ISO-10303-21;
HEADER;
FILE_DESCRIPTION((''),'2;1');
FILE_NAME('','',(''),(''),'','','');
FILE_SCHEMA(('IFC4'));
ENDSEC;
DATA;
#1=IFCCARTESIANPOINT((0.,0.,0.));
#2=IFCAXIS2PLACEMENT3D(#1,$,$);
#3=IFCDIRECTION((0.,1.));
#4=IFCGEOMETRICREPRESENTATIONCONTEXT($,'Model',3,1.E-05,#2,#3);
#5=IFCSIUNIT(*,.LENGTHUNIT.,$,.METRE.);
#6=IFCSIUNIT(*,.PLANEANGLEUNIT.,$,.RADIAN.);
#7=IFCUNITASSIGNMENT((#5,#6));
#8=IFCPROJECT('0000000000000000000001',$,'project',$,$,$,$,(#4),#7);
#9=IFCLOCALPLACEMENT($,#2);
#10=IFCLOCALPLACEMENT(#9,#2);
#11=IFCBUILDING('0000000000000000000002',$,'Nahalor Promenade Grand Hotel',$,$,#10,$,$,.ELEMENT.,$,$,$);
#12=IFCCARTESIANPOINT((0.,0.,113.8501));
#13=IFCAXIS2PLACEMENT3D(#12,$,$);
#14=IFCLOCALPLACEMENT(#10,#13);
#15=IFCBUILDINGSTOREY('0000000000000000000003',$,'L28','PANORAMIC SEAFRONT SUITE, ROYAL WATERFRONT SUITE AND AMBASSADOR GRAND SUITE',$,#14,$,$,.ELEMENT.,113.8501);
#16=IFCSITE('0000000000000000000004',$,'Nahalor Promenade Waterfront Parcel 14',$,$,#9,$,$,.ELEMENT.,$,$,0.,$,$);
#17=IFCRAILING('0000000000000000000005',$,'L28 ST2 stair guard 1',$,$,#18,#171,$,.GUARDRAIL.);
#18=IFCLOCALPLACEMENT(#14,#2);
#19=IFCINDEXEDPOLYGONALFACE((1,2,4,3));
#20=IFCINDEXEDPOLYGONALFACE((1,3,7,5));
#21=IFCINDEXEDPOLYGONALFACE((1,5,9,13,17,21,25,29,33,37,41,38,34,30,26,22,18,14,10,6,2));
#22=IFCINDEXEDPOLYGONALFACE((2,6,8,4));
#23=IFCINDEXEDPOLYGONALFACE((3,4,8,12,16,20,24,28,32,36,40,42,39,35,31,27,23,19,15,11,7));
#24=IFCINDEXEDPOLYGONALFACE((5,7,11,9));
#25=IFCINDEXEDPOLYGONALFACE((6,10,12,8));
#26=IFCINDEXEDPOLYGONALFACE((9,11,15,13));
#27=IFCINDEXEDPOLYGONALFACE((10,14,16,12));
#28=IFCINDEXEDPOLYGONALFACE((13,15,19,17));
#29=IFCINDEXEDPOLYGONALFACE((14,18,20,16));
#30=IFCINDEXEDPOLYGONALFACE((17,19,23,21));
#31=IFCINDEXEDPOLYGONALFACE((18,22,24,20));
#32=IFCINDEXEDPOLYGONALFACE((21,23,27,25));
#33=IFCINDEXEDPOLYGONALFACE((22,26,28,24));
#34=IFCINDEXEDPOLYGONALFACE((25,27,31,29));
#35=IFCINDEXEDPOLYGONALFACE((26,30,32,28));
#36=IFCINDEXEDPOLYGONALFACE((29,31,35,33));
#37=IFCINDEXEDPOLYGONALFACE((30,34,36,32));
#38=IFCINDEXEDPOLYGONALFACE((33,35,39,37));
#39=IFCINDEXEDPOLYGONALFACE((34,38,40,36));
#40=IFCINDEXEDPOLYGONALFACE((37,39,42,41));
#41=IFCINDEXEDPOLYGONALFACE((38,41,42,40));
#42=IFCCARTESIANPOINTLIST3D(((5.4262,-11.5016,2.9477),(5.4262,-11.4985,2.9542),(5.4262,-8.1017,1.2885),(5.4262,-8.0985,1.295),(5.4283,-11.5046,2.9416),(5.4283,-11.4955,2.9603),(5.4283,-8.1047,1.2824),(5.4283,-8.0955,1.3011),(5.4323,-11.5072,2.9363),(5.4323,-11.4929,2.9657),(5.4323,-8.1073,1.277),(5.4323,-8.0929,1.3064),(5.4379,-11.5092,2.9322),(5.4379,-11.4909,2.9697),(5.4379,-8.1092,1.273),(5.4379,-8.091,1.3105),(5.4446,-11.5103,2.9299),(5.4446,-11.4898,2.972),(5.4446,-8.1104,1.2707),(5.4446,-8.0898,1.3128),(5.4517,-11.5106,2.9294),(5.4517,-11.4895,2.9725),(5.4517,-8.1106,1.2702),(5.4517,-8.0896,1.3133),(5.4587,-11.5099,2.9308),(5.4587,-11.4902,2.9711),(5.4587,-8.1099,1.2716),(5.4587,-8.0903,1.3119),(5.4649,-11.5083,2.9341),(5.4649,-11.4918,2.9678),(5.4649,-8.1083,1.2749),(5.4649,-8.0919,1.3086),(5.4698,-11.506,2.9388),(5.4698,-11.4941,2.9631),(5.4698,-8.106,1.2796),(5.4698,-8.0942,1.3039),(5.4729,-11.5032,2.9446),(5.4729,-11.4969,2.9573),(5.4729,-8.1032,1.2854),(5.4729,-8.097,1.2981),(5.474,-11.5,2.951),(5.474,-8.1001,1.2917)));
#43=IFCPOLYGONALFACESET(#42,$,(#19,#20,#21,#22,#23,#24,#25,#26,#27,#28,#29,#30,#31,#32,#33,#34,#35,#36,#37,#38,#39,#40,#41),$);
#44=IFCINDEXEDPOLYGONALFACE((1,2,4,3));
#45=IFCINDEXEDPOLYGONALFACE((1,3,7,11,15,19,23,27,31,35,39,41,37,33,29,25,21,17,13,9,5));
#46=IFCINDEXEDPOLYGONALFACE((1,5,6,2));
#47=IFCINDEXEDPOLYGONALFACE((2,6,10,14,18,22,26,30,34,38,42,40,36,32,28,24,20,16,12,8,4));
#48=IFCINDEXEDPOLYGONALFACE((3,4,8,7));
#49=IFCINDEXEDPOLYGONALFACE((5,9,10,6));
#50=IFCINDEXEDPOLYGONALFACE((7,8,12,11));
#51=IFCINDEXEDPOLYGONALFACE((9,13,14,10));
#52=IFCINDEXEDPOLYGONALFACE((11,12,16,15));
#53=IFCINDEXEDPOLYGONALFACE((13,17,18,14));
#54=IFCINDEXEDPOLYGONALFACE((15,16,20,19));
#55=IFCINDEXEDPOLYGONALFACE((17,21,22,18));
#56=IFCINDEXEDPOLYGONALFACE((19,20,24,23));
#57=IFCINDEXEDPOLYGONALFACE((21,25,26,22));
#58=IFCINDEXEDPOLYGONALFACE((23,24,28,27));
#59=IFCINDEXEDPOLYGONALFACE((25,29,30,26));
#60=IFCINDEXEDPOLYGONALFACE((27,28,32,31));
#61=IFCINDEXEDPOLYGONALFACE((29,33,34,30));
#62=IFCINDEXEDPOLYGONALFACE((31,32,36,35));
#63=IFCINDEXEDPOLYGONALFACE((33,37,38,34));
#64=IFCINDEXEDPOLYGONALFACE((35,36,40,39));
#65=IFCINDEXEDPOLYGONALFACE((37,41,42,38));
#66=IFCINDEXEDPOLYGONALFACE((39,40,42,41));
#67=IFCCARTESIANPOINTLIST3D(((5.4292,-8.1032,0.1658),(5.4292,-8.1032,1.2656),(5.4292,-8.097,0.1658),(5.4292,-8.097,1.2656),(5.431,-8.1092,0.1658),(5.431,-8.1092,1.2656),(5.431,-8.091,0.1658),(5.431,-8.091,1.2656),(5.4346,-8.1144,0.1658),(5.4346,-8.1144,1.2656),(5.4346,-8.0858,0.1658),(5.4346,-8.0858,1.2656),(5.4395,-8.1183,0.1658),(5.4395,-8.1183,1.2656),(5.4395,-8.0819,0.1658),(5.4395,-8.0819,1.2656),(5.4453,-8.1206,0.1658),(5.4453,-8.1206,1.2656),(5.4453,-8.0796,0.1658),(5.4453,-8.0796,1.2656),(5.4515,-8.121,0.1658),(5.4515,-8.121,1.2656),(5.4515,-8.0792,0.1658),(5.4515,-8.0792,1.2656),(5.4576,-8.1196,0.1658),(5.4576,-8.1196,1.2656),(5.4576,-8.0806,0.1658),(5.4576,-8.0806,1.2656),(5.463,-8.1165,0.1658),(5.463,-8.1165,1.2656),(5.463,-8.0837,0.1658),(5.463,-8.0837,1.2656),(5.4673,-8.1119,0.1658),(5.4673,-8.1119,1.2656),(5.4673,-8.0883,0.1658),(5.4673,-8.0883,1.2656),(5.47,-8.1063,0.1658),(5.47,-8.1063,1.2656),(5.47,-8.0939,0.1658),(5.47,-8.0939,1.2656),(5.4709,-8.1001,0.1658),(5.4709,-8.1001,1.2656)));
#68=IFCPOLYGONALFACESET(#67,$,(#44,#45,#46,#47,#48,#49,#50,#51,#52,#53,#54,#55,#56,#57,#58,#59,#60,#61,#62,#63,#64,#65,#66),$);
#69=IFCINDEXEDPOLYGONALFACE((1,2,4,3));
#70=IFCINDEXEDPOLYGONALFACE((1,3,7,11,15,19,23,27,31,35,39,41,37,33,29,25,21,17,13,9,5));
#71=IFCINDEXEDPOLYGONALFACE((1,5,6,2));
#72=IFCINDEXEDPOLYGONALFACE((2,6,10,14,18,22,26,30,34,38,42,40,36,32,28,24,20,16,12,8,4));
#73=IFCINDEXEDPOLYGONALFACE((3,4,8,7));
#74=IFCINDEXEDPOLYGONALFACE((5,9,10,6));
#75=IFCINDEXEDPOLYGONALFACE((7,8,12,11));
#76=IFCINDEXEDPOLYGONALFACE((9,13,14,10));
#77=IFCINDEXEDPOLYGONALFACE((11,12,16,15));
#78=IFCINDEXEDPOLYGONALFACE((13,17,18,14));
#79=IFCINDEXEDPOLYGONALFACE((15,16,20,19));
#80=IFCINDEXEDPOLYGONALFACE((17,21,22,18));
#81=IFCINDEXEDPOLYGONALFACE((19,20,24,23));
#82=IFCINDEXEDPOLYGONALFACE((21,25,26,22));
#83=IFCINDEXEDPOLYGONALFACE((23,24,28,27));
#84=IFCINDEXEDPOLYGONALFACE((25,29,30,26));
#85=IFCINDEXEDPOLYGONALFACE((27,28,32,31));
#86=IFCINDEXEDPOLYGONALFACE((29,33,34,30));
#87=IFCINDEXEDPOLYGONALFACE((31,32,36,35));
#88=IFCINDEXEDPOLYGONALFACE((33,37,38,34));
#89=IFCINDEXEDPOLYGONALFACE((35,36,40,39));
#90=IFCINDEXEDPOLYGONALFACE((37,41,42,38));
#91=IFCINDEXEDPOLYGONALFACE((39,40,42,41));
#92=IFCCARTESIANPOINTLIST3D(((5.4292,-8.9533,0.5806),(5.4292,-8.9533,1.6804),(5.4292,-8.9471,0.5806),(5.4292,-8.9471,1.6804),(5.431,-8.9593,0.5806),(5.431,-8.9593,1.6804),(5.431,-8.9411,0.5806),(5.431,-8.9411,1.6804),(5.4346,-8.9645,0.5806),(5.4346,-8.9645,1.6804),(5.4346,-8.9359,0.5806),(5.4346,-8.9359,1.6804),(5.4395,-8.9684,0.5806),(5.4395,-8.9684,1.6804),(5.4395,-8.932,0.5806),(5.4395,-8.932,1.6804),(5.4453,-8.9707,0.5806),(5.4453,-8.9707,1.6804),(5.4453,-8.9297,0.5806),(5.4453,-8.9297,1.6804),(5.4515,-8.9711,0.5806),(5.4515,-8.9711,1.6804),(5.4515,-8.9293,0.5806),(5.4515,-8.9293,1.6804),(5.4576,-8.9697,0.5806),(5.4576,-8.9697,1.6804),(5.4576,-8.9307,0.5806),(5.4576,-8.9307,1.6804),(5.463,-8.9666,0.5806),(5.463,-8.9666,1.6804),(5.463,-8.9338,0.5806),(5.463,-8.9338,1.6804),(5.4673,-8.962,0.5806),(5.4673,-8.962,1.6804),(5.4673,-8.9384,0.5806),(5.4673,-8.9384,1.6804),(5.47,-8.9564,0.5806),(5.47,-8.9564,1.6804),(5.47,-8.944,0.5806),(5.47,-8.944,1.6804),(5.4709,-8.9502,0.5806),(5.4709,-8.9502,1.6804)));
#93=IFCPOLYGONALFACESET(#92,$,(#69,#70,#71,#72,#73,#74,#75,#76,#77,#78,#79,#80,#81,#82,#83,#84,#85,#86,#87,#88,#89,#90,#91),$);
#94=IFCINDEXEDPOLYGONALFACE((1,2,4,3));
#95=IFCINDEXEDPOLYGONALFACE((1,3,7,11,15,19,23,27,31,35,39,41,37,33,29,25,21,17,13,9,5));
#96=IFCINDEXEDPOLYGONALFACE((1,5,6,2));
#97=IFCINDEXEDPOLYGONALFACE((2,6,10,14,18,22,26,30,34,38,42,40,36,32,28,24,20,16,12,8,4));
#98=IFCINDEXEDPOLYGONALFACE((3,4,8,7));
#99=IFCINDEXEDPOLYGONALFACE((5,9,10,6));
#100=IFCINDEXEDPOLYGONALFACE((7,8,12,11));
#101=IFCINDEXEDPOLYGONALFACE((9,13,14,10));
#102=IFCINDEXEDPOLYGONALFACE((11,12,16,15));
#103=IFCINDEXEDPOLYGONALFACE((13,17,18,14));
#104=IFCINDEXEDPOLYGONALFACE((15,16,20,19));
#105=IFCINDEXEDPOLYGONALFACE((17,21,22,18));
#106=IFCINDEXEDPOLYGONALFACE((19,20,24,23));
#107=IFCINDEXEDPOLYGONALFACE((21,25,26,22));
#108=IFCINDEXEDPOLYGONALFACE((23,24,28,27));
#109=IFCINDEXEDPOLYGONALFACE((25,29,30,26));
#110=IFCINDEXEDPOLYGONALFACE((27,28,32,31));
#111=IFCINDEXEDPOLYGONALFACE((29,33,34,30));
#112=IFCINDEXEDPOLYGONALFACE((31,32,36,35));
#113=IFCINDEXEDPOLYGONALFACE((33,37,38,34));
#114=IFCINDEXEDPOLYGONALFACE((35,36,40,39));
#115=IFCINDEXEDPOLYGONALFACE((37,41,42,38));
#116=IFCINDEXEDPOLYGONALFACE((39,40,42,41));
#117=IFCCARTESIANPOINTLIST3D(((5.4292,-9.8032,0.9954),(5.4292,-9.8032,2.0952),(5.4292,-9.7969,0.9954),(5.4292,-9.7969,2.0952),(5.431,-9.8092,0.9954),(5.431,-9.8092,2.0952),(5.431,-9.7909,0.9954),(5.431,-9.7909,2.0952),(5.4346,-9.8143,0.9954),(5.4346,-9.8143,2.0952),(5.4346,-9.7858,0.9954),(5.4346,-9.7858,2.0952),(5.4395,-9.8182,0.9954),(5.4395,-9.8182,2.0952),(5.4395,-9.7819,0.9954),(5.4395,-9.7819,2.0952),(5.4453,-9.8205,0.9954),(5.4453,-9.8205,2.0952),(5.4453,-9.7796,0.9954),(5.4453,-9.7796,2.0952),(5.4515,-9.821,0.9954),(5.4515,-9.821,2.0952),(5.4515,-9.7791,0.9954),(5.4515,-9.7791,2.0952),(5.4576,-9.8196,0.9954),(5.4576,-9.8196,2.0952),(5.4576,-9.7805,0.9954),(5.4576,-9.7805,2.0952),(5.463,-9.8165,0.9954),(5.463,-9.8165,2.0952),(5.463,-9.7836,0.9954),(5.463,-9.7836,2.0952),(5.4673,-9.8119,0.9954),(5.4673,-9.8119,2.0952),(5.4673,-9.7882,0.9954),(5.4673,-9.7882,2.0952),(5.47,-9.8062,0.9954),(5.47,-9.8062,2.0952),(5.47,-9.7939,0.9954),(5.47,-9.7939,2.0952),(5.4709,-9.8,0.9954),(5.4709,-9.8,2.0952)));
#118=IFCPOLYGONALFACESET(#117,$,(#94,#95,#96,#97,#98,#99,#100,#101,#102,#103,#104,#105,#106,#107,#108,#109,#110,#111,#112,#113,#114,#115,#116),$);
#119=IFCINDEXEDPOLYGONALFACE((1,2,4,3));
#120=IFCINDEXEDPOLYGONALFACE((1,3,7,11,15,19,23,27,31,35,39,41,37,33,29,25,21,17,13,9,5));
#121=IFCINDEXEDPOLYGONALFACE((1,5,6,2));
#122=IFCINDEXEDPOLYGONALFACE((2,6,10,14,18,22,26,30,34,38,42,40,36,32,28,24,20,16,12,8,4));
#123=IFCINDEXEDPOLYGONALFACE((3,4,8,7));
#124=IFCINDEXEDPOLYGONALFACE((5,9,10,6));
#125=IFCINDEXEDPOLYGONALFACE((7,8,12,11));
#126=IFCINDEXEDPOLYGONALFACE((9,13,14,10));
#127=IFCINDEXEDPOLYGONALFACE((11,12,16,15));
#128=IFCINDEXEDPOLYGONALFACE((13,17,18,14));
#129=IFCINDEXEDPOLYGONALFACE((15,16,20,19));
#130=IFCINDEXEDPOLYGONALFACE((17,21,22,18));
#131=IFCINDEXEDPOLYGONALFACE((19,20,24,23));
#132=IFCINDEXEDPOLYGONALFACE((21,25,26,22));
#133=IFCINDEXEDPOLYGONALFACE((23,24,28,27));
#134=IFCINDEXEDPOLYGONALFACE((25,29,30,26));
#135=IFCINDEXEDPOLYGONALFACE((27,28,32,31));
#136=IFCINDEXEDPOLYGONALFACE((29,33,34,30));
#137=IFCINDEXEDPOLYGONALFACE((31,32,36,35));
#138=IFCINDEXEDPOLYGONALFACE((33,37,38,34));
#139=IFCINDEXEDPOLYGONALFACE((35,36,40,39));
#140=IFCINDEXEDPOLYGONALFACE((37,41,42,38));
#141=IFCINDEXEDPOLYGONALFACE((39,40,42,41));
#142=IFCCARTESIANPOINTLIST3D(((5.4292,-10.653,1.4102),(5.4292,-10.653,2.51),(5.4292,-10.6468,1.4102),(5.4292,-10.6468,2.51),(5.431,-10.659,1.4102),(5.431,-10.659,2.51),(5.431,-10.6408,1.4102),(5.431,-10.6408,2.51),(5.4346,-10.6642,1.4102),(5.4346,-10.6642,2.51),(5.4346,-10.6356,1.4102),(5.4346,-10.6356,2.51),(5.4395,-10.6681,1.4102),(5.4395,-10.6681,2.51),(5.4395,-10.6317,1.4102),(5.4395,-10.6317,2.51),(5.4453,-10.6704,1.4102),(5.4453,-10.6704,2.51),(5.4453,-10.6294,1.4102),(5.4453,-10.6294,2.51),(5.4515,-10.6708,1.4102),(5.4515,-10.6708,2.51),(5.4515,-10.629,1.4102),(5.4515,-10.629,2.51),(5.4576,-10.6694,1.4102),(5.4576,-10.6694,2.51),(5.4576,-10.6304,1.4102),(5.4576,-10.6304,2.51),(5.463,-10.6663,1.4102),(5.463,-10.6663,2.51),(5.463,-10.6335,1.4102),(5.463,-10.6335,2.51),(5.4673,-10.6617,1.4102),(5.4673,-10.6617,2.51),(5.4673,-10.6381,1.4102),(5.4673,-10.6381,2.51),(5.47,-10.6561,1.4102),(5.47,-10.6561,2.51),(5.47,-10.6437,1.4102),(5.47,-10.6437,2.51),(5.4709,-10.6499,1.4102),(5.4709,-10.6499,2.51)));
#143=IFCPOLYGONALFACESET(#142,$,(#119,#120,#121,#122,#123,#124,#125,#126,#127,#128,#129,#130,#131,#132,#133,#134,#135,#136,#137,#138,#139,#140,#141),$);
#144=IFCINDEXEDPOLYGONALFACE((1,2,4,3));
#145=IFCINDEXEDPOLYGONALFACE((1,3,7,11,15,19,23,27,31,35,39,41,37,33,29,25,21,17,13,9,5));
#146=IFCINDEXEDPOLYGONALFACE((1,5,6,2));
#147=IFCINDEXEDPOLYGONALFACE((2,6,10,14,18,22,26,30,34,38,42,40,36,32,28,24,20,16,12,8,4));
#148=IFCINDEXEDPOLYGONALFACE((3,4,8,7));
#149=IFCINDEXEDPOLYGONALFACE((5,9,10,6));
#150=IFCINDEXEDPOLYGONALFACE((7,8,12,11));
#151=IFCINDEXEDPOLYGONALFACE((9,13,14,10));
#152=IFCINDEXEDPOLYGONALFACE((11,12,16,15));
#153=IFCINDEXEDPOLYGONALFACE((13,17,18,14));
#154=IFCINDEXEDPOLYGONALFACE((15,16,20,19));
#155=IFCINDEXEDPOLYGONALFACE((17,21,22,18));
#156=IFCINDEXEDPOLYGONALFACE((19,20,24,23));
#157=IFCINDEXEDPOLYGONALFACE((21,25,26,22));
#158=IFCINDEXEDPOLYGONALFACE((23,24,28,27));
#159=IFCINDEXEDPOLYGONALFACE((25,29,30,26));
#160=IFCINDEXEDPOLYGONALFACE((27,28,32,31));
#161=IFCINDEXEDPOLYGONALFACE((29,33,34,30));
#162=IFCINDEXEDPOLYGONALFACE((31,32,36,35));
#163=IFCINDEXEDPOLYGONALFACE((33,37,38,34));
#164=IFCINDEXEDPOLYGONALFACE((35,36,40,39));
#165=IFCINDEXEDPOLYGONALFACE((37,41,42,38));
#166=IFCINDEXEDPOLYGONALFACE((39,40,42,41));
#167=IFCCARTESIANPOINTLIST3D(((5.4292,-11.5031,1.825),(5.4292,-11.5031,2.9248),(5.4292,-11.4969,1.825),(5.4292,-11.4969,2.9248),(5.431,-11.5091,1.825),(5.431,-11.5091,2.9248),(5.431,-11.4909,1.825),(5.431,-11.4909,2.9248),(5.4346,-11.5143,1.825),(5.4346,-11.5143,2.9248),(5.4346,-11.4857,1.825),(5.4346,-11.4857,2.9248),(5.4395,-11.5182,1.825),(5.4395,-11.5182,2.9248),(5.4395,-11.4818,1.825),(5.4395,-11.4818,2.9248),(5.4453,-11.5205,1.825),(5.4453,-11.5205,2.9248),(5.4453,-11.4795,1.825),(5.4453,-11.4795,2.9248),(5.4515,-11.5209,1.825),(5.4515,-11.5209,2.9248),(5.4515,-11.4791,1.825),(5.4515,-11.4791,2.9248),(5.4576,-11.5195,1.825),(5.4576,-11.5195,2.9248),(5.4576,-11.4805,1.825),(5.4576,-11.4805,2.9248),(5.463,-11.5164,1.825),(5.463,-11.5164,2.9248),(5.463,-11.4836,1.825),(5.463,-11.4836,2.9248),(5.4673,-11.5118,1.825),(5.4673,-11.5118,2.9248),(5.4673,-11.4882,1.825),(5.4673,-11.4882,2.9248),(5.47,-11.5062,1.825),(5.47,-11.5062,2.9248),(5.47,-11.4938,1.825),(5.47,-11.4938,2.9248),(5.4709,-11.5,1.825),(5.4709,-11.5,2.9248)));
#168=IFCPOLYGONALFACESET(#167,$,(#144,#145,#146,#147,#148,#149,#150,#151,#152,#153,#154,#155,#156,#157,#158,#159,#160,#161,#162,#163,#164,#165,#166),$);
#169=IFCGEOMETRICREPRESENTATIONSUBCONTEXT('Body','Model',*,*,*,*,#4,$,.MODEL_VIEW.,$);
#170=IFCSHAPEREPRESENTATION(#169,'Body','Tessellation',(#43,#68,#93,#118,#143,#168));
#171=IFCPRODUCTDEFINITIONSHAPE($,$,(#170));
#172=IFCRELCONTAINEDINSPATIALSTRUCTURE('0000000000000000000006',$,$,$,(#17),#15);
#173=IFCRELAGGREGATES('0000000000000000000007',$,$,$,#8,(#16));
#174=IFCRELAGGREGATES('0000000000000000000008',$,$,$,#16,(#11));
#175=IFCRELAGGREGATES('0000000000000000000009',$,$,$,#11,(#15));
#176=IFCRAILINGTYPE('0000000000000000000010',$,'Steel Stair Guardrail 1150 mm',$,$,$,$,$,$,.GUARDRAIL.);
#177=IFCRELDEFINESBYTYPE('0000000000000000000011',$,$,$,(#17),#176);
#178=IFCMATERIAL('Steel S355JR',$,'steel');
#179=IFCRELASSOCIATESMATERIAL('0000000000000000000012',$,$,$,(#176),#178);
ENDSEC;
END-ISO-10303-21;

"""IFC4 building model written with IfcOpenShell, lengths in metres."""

from ifc_helpers import new_model, si_unit, direction, frame, origin, origin_2d, place, context, subcontext, project, spatial, circle, extrude, material, type_object, element, save


model = new_model("IFC4")

# Units and contexts
model_context = context("Model", 3, precision=1e-05, world=origin(), true_north=direction((0.0, 1.0)))
body_context = subcontext(model_context, "Body", "Model", "MODEL_VIEW")
ifc_project = project(units=[si_unit("LENGTHUNIT", "METRE"), si_unit("PLANEANGLEUNIT", "RADIAN")], contexts=[model_context])

# Site, building, storey
site_placement = place(None, origin())
site = spatial("IfcSite", under=ifc_project, at=site_placement, Name="Nahalor Promenade Waterfront Parcel 14", CompositionType="ELEMENT", RefElevation=0.0)
building_placement = place(site_placement, origin())
building = spatial("IfcBuilding", under=site, at=building_placement, Name="Nahalor Promenade Grand Hotel", CompositionType="ELEMENT")
storey_placement = place(building_placement, frame((0.0, 0.0, 113.8501)))
storey = spatial("IfcBuildingStorey", under=building, at=storey_placement, Name="L28", Description="PANORAMIC SEAFRONT SUITE, ROYAL WATERFRONT SUITE AND AMBASSADOR GRAND SUITE", CompositionType="ELEMENT", Elevation=113.8501)

# Shared definitions
ifc_material_1 = material(Name="Steel S355JR", Category="steel")

# Railing
railing_type_1 = type_object("IfcRailingType", Name="Steel Stair Guardrail 1150 mm", PredefinedType="GUARDRAIL", material=ifc_material_1)
railing_1_placement = place(storey_placement, frame((5.45, -8.1001, 0.1658)))
element("IfcRailing", 1, at=railing_1_placement, inside=storey, type_object=railing_type_1, Name="L28 ST2 stair guard 1", PredefinedType="GUARDRAIL", context=body_context, shape_type="SweptSolid", body=[
    extrude(circle(Radius=0.024, at=origin_2d()), frame((0.0, 0.0, 1.126), z_axis=(0.0, -0.898696, 0.438571), x_axis=(1.0, 0.0, 0.0)), (0.0, 0.0, 1.0), 3.7832),
    extrude(circle(Radius=0.021, at=origin_2d()), origin(), (0.0, 0.0, 1.0), 1.0999),
    extrude(circle(Radius=0.021, at=origin_2d()), frame((0.0, -0.8501, 0.4148)), (0.0, 0.0, 1.0), 1.0999),
    extrude(circle(Radius=0.021, at=origin_2d()), frame((0.0, -1.7, 0.8296)), (0.0, 0.0, 1.0), 1.0999),
    extrude(circle(Radius=0.021, at=origin_2d()), frame((0.0, -2.5498, 1.2444)), (0.0, 0.0, 1.0), 1.0999),
    extrude(circle(Radius=0.021, at=origin_2d()), frame((0.0, -3.3999, 1.6592)), (0.0, 0.0, 1.0), 1.0999),
])

save(model, "model.ifc")
